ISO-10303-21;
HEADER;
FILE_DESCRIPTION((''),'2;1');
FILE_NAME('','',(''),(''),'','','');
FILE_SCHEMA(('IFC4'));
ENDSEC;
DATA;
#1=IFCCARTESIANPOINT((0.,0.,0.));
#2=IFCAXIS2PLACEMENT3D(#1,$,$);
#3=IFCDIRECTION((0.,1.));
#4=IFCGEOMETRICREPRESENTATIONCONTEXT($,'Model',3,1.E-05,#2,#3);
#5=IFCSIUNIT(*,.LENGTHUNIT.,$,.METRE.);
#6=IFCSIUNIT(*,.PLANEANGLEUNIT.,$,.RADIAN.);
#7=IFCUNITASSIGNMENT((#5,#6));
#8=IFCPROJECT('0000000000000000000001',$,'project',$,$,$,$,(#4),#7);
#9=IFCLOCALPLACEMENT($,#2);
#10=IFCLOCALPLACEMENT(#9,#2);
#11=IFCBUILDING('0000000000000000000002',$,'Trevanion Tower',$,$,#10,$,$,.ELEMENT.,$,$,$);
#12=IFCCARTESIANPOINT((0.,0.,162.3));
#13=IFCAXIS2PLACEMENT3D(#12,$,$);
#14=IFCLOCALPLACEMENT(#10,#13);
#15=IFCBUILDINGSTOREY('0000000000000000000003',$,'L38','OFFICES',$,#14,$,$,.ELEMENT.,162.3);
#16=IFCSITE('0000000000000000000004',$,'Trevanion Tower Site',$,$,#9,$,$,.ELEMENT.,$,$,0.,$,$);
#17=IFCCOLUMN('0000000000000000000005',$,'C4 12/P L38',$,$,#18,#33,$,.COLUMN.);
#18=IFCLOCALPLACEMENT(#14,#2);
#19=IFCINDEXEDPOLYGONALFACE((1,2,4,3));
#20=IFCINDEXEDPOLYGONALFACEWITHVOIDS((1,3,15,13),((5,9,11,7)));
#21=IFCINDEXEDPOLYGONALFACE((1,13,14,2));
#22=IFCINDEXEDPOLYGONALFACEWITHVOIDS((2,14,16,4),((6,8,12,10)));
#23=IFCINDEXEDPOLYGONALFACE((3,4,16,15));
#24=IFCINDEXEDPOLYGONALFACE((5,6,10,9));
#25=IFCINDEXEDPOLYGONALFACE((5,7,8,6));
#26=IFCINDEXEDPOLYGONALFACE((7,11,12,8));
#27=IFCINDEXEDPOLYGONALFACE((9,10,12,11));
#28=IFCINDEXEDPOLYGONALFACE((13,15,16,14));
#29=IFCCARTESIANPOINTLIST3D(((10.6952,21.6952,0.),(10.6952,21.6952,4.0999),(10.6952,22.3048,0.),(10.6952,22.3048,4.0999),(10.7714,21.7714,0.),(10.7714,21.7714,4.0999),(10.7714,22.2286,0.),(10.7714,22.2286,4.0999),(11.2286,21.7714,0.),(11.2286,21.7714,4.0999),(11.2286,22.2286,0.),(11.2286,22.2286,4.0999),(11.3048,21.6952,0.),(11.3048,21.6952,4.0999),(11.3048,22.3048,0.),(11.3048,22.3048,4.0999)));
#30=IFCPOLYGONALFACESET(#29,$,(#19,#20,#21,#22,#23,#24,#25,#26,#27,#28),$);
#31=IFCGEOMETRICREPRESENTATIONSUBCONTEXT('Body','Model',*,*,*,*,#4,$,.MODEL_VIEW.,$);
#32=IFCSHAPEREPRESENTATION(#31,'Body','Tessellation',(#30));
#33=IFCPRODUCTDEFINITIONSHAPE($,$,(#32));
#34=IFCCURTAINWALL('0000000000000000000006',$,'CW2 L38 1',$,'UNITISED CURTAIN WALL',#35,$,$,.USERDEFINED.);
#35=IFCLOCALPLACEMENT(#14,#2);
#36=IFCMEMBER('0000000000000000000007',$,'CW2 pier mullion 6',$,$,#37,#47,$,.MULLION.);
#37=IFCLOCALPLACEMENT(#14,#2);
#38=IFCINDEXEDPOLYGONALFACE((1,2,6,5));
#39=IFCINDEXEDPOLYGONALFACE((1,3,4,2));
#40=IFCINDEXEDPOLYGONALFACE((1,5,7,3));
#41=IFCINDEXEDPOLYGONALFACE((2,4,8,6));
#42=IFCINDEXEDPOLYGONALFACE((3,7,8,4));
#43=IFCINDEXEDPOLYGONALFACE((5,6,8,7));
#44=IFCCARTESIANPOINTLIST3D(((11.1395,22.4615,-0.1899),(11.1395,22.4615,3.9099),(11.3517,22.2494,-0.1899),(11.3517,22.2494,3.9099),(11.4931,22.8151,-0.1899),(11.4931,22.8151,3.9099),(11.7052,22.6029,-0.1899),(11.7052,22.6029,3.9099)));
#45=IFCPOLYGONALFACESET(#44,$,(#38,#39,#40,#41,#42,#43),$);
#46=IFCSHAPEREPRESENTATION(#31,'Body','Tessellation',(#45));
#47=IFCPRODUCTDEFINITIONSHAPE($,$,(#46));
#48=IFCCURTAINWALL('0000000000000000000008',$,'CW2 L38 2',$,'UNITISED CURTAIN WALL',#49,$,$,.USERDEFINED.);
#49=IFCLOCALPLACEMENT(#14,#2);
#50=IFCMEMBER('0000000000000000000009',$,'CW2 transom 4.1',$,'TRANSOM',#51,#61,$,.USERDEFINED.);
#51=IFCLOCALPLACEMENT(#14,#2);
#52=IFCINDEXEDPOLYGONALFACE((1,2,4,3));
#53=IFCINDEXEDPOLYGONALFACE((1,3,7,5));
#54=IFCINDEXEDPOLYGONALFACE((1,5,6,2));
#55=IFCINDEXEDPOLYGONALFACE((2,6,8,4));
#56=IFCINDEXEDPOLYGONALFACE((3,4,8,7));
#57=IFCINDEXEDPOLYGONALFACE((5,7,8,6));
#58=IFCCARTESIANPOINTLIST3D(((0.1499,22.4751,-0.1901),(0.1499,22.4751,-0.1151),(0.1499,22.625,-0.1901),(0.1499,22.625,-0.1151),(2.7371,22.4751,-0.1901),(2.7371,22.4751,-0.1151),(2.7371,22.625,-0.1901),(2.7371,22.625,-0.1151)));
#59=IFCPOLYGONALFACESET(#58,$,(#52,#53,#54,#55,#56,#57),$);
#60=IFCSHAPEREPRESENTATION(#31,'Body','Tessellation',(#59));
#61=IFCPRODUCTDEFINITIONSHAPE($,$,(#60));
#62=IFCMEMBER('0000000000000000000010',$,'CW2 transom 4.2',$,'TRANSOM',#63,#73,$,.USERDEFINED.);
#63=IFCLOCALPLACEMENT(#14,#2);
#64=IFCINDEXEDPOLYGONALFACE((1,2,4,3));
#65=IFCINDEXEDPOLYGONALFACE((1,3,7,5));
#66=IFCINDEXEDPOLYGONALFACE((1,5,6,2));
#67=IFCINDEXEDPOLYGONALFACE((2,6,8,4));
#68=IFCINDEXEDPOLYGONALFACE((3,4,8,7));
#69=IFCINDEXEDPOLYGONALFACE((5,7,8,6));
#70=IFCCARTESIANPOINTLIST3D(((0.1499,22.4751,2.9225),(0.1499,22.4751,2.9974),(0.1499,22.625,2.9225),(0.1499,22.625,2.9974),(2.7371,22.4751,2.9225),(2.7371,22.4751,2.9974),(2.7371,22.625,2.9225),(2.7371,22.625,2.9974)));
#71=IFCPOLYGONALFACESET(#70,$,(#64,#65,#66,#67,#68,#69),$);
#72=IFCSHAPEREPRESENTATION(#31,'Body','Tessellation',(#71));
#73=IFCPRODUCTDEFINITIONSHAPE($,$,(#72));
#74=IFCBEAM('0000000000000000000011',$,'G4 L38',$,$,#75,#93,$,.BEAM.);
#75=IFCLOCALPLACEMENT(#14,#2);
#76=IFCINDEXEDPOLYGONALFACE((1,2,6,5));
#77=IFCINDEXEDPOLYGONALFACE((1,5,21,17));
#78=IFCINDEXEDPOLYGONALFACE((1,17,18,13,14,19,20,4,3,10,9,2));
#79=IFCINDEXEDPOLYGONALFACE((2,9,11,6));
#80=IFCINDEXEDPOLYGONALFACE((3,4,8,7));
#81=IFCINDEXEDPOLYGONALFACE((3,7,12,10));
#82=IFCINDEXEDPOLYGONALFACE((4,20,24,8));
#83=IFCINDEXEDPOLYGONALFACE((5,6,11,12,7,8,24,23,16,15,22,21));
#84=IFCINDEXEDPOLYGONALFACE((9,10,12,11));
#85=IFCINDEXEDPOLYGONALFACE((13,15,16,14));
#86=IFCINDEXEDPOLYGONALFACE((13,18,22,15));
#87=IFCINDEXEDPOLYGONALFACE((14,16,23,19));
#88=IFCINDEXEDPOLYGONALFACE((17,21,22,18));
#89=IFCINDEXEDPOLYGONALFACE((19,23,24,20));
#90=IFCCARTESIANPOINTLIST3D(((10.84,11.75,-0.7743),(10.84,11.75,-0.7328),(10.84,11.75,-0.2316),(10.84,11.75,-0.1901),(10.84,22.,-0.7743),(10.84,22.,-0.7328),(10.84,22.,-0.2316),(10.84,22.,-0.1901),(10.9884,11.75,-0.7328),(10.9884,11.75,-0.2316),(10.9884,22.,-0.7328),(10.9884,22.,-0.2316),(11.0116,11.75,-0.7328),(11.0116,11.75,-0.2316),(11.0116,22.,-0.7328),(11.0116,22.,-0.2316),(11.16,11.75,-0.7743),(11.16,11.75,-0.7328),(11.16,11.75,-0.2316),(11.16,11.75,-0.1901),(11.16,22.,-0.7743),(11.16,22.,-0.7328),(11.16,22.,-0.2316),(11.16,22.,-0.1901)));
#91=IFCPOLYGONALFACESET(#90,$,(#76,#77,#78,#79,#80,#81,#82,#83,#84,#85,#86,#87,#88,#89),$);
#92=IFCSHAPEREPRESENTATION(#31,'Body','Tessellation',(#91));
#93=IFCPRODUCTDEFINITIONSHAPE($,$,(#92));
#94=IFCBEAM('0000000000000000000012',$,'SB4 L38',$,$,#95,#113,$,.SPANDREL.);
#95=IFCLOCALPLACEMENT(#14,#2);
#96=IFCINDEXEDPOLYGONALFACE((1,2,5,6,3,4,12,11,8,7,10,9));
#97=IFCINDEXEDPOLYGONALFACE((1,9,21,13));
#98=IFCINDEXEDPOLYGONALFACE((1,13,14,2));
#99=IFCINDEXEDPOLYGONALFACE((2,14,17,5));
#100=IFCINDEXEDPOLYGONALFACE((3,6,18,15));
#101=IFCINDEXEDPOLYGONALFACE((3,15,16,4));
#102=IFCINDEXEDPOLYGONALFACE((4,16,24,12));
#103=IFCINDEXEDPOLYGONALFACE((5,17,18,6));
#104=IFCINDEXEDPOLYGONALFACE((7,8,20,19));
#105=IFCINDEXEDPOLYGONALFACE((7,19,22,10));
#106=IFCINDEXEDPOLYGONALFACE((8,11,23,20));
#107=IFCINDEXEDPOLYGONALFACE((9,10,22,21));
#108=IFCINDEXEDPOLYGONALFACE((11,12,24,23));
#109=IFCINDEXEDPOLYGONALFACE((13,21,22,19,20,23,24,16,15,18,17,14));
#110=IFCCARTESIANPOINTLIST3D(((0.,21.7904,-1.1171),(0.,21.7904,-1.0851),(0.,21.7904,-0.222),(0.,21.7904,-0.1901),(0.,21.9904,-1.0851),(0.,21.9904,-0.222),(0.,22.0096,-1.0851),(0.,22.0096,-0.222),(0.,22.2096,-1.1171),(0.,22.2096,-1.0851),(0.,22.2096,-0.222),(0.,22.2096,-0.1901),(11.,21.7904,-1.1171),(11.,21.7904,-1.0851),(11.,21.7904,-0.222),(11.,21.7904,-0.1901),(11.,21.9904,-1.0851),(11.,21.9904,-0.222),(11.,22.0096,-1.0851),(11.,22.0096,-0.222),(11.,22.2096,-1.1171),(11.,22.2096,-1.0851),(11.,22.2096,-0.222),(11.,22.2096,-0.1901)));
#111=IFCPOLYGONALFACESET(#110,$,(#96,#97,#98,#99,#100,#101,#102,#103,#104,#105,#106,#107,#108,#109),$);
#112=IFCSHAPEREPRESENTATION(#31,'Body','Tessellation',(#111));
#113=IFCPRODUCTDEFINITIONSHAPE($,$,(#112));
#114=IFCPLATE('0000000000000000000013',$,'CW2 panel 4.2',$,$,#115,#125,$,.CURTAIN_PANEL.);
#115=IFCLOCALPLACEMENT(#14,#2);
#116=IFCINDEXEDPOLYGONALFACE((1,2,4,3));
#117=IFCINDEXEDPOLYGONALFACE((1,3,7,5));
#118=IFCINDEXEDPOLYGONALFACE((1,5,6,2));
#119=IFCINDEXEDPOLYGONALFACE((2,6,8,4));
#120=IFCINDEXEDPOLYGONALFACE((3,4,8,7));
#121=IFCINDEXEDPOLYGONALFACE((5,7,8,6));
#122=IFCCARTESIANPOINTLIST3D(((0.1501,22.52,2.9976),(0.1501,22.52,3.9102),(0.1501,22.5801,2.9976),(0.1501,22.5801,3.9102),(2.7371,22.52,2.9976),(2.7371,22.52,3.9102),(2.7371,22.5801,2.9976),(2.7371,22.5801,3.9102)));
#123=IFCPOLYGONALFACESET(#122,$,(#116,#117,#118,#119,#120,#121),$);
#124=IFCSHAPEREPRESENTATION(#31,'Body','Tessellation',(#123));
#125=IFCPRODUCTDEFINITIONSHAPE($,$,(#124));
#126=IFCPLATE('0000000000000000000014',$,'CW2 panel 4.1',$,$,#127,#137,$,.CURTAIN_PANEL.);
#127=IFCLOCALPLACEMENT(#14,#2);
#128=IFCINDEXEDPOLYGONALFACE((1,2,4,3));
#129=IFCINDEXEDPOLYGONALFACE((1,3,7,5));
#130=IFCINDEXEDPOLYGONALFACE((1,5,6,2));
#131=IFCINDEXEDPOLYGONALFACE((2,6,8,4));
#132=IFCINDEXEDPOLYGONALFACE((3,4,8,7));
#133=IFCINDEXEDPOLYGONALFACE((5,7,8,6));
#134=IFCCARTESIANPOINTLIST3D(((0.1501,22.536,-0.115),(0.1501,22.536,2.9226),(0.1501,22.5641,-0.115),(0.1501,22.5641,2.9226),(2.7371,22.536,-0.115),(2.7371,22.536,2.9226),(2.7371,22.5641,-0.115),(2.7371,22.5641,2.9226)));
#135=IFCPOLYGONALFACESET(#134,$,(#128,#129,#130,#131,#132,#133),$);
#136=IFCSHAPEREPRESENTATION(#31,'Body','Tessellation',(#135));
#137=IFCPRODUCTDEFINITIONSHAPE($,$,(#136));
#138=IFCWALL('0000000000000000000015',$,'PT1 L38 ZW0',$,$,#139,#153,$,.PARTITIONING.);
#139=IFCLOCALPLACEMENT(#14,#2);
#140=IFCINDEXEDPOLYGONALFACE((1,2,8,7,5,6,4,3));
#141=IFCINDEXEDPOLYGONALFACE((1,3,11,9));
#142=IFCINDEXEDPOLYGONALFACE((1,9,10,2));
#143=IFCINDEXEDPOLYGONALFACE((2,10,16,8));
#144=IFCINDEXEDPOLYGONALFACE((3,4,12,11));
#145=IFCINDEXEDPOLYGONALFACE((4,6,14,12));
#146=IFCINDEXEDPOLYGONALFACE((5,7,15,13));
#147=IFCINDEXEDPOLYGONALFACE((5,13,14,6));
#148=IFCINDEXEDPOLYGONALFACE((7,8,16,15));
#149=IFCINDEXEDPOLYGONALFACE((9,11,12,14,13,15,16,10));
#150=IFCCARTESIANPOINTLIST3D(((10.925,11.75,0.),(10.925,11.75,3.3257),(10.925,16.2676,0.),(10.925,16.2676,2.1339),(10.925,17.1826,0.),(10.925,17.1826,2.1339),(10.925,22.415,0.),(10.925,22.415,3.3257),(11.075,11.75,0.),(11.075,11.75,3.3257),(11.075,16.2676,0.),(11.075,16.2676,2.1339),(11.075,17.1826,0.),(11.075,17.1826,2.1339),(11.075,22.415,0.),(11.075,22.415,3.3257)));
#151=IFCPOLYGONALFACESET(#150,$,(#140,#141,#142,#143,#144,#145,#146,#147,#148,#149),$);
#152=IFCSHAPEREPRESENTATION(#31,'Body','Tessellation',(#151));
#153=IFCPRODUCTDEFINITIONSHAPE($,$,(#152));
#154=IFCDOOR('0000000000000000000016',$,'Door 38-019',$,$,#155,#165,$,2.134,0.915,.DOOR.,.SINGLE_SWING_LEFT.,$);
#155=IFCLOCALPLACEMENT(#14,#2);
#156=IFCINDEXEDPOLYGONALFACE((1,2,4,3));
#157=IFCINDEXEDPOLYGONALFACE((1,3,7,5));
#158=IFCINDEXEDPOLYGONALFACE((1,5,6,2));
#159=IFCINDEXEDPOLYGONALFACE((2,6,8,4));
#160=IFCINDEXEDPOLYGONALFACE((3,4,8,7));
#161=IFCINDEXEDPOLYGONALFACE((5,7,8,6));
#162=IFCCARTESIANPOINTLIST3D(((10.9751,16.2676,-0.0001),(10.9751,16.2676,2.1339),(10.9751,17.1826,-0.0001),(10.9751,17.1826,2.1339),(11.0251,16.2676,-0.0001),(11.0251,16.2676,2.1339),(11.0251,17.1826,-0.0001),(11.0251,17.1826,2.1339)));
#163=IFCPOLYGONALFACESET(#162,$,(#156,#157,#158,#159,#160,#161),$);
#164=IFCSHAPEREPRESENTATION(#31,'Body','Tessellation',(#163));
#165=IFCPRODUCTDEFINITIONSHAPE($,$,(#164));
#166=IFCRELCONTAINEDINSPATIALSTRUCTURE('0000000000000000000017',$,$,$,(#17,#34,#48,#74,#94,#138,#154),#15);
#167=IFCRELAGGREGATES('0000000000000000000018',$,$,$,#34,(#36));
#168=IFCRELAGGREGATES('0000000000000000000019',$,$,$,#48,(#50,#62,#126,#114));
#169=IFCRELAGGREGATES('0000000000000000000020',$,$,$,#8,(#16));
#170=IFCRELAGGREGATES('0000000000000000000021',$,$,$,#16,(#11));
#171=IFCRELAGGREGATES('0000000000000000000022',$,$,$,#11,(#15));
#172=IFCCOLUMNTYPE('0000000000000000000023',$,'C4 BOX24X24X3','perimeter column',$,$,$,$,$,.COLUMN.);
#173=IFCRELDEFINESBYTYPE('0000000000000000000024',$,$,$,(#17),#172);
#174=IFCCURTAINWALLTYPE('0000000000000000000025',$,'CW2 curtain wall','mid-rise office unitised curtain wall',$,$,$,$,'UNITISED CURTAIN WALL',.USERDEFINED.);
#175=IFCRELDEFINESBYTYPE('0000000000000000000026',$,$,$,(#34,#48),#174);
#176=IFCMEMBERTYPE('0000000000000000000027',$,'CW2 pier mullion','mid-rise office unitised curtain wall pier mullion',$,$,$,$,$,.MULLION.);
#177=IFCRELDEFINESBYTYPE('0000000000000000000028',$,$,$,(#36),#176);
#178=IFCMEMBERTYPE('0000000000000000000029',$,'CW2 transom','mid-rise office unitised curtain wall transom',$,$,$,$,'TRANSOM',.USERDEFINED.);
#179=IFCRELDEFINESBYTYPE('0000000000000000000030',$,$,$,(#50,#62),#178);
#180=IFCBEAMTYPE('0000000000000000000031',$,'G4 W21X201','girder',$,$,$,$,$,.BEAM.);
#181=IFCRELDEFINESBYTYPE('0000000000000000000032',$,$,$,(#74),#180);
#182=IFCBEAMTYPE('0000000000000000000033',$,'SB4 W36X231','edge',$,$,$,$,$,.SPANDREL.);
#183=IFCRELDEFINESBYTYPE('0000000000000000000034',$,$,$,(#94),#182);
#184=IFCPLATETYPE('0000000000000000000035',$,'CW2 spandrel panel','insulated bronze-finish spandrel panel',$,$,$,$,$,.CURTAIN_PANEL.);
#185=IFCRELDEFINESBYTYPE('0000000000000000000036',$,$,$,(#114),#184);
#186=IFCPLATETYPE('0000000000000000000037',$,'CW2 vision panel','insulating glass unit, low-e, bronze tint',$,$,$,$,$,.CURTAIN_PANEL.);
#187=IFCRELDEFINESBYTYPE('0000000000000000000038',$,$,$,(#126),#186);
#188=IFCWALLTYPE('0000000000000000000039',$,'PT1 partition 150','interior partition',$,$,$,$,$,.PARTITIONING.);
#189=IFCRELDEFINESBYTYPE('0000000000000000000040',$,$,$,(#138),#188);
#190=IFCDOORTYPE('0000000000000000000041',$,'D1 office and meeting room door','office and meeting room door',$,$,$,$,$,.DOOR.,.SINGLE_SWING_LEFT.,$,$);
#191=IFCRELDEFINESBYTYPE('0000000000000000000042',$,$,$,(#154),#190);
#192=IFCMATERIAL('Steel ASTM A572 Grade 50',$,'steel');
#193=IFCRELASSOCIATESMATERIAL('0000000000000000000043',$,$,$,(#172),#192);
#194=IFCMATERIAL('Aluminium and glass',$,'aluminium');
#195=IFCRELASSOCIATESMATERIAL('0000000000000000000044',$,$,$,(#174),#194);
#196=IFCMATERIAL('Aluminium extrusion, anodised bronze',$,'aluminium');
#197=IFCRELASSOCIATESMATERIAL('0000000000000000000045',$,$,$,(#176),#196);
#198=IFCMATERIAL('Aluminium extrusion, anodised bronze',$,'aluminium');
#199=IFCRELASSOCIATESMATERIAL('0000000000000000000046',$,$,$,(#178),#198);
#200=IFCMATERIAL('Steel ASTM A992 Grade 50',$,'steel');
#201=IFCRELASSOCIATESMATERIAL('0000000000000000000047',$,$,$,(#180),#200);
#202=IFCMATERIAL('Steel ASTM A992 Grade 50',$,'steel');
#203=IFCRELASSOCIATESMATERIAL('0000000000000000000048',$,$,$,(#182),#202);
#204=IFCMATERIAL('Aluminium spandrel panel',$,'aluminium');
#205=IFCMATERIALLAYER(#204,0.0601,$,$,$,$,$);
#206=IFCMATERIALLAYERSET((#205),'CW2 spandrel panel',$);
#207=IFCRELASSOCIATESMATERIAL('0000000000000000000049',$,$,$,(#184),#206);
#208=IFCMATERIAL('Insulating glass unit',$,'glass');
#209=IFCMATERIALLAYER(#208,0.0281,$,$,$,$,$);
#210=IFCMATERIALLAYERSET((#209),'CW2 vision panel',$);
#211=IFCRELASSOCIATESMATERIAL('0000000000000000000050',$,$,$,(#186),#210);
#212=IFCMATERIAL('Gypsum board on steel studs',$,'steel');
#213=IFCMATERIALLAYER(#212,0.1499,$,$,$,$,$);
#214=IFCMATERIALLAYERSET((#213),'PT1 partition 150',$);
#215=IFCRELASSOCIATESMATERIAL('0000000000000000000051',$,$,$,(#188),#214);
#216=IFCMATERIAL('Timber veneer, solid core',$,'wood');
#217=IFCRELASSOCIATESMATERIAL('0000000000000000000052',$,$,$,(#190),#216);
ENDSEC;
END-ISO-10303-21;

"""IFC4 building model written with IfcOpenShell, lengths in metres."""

from ifc_helpers import new_model, si_unit, direction, frame, frame_2d, origin, origin_2d, place, context, subcontext, project, spatial, rectangle, hollow_rectangle, i_section, extrude, material, layer, layer_set, material_profile, profile_set, type_object, element, fill, aggregate, save


model = new_model("IFC4")

# Units and contexts
model_context = context("Model", 3, precision=1e-05, world=origin(), true_north=direction((0.0, 1.0)))
body_context = subcontext(model_context, "Body", "Model", "MODEL_VIEW")
ifc_project = project(units=[si_unit("LENGTHUNIT", "METRE"), si_unit("PLANEANGLEUNIT", "RADIAN")], contexts=[model_context])

# Site, building, storey
site_placement = place(None, origin())
site = spatial("IfcSite", under=ifc_project, at=site_placement, Name="Trevanion Tower Site", CompositionType="ELEMENT", RefElevation=0.0)
building_placement = place(site_placement, origin())
building = spatial("IfcBuilding", under=site, at=building_placement, Name="Trevanion Tower", CompositionType="ELEMENT")
storey_placement = place(building_placement, frame((0.0, 0.0, 162.3)))
storey = spatial("IfcBuildingStorey", under=building, at=storey_placement, Name="L38", Description="OFFICES", CompositionType="ELEMENT", Elevation=162.3)

# Column
ifc_material_1 = material(Name="Steel ASTM A572 Grade 50", Category="steel")
ifc_material_profile_1 = material_profile(ifc_material_1, hollow_rectangle(XDim=0.6096, YDim=0.6096, WallThickness=0.0762, at=origin_2d()), Name="BOX24X24X3")
ifc_profile_set_1 = profile_set([ifc_material_profile_1], Name="Steel ASTM A572 Grade 50")
column_type = type_object("IfcColumnType", Name="C4 BOX24X24X3", Description="perimeter column", PredefinedType="COLUMN", material=ifc_profile_set_1)
column_placement = place(storey_placement, frame((11.0, 22.0, 0.0), z_axis=(0.0, 0.0, 1.0), x_axis=(1.0, 0.0, 0.0)))
element("IfcColumn", 1, at=column_placement, inside=storey, type_object=column_type, Name="C4 12/P L38", PredefinedType="COLUMN", context=body_context, shape_type="SweptSolid", body=[
    extrude(hollow_rectangle(XDim=0.6096, YDim=0.6096, WallThickness=0.0762, at=origin_2d()), origin(), (0.0, 0.0, 1.0), 4.0999),
])

# Curtain wall, member
ifc_material_2 = material(Name="Aluminium and glass", Category="aluminium")
curtain_wall_type = type_object("IfcCurtainWallType", Name="CW2 curtain wall", Description="mid-rise office unitised curtain wall", ElementType="UNITISED CURTAIN WALL", PredefinedType="USERDEFINED", material=ifc_material_2)
curtain_wall_1_placement = place(storey_placement, origin())
curtain_wall_1 = element("IfcCurtainWall", 2, at=curtain_wall_1_placement, inside=storey, type_object=curtain_wall_type, Name="CW2 L38 1", ObjectType="UNITISED CURTAIN WALL", PredefinedType="USERDEFINED")
ifc_material_3 = material(Name="Aluminium extrusion, anodised bronze", Category="aluminium")
ifc_material_profile_2 = material_profile(ifc_material_3, rectangle(XDim=0.3, YDim=0.5, at=origin_2d()), Name="CW2 pier mullion")
ifc_profile_set_2 = profile_set([ifc_material_profile_2], Name="Aluminium extrusion, anodised bronze")
member_type_1 = type_object("IfcMemberType", Name="CW2 pier mullion", Description="mid-rise office unitised curtain wall pier mullion", PredefinedType="MULLION", material=ifc_profile_set_2)
member_1_placement = place(storey_placement, frame((11.4224, 22.5322, -0.1899), z_axis=(0.0, 0.0, 1.0), x_axis=(-0.707107, 0.707107, 0.0)))
member_1 = element("IfcMember", 3, at=member_1_placement, type_object=member_type_1, Name="CW2 pier mullion 6", PredefinedType="MULLION", context=body_context, shape_type="SweptSolid", body=[
    extrude(rectangle(XDim=0.3, YDim=0.5, at=origin_2d()), origin(), (0.0, 0.0, 1.0), 4.0999),
])
aggregate(curtain_wall_1, [member_1])

# Curtain wall, members
curtain_wall_2_placement = place(storey_placement, origin())
curtain_wall_2 = element("IfcCurtainWall", 4, at=curtain_wall_2_placement, inside=storey, type_object=curtain_wall_type, Name="CW2 L38 2", ObjectType="UNITISED CURTAIN WALL", PredefinedType="USERDEFINED")
ifc_material_4 = material(Name="Aluminium extrusion, anodised bronze", Category="aluminium")
ifc_material_profile_3 = material_profile(ifc_material_4, rectangle(XDim=0.1499, YDim=0.075, at=origin_2d()), Name="CW2 transom")
ifc_profile_set_3 = profile_set([ifc_material_profile_3], Name="Aluminium extrusion, anodised bronze")
member_type_2 = type_object("IfcMemberType", Name="CW2 transom", Description="mid-rise office unitised curtain wall transom", ElementType="TRANSOM", PredefinedType="USERDEFINED", material=ifc_profile_set_3)
member_2_placement = place(storey_placement, frame((2.7371, 22.55, -0.1526), z_axis=(-1.0, 0.0, 0.0), x_axis=(0.0, -1.0, 0.0)))
member_2 = element("IfcMember", 5, at=member_2_placement, type_object=member_type_2, Name="CW2 transom 4.1", ObjectType="TRANSOM", PredefinedType="USERDEFINED", context=body_context, shape_type="SweptSolid", body=[
    extrude(rectangle(XDim=0.1499, YDim=0.075, at=origin_2d()), origin(), (0.0, 0.0, 1.0), 2.5872),
])
member_3_placement = place(storey_placement, frame((2.7371, 22.55, 2.96), z_axis=(-1.0, 0.0, 0.0), x_axis=(0.0, -1.0, 0.0)))
member_3 = element("IfcMember", 6, at=member_3_placement, type_object=member_type_2, Name="CW2 transom 4.2", ObjectType="TRANSOM", PredefinedType="USERDEFINED", context=body_context, shape_type="SweptSolid", body=[
    extrude(rectangle(XDim=0.1499, YDim=0.075, at=origin_2d()), origin(), (0.0, 0.0, 1.0), 2.5872),
])

# Beams
ifc_material_5 = material(Name="Steel ASTM A992 Grade 50", Category="steel")
ifc_material_profile_4 = material_profile(ifc_material_5, i_section(OverallWidth=0.3201, OverallDepth=0.5842, WebThickness=0.0232, FlangeThickness=0.0415, at=origin_2d()), Name="W21X201")
ifc_profile_set_4 = profile_set([ifc_material_profile_4], Name="Steel ASTM A992 Grade 50")
beam_type_1 = type_object("IfcBeamType", Name="G4 W21X201", Description="girder", PredefinedType="BEAM", material=ifc_profile_set_4)
beam_1_placement = place(storey_placement, frame((11.0, 11.75, -0.4822), z_axis=(0.0, 1.0, 0.0), x_axis=(-1.0, 0.0, 0.0)))
element("IfcBeam", 7, at=beam_1_placement, inside=storey, type_object=beam_type_1, Name="G4 L38", PredefinedType="BEAM", context=body_context, shape_type="SweptSolid", body=[
    extrude(i_section(OverallWidth=0.3201, OverallDepth=0.5842, WebThickness=0.0232, FlangeThickness=0.0415, at=origin_2d()), origin(), (0.0, 0.0, 1.0), 10.25),
])
ifc_material_6 = material(Name="Steel ASTM A992 Grade 50", Category="steel")
ifc_material_profile_5 = material_profile(ifc_material_6, i_section(OverallWidth=0.4192, OverallDepth=0.927, WebThickness=0.0193, FlangeThickness=0.032, at=origin_2d()), Name="W36X231")
ifc_profile_set_5 = profile_set([ifc_material_profile_5], Name="Steel ASTM A992 Grade 50")
beam_type_2 = type_object("IfcBeamType", Name="SB4 W36X231", Description="edge", PredefinedType="SPANDREL", material=ifc_profile_set_5)
beam_2_placement = place(storey_placement, frame((11.0, 22.0, -0.6536), z_axis=(-1.0, 0.0, 0.0), x_axis=(0.0, -1.0, 0.0)))
element("IfcBeam", 8, at=beam_2_placement, inside=storey, type_object=beam_type_2, Name="SB4 L38", PredefinedType="SPANDREL", context=body_context, shape_type="SweptSolid", body=[
    extrude(i_section(OverallWidth=0.4192, OverallDepth=0.927, WebThickness=0.0193, FlangeThickness=0.032, at=origin_2d()), origin(), (0.0, 0.0, 1.0), 11.0),
])

# Plates
ifc_material_7 = material(Name="Aluminium spandrel panel", Category="aluminium")
ifc_layer_1 = layer(ifc_material_7, 0.0601)
ifc_layer_set_1 = layer_set([ifc_layer_1], Name="CW2 spandrel panel")
plate_type_1 = type_object("IfcPlateType", Name="CW2 spandrel panel", Description="insulated bronze-finish spandrel panel", PredefinedType="CURTAIN_PANEL", material=ifc_layer_set_1)
plate_1_placement = place(storey_placement, frame((1.4436, 22.55, 2.9976), z_axis=(0.0, 0.0, 1.0), x_axis=(-1.0, 0.0, 0.0)))
plate_1 = element("IfcPlate", 9, at=plate_1_placement, type_object=plate_type_1, Name="CW2 panel 4.2", PredefinedType="CURTAIN_PANEL", context=body_context, shape_type="SweptSolid", body=[
    extrude(rectangle(XDim=2.5869, YDim=0.0601, at=origin_2d()), origin(), (0.0, 0.0, 1.0), 0.9126),
])
ifc_material_8 = material(Name="Insulating glass unit", Category="glass")
ifc_layer_2 = layer(ifc_material_8, 0.0281)
ifc_layer_set_2 = layer_set([ifc_layer_2], Name="CW2 vision panel")
plate_type_2 = type_object("IfcPlateType", Name="CW2 vision panel", Description="insulating glass unit, low-e, bronze tint", PredefinedType="CURTAIN_PANEL", material=ifc_layer_set_2)
plate_2_placement = place(storey_placement, frame((1.4436, 22.55, -0.115), z_axis=(0.0, 0.0, 1.0), x_axis=(-1.0, 0.0, 0.0)))
plate_2 = element("IfcPlate", 10, at=plate_2_placement, type_object=plate_type_2, Name="CW2 panel 4.1", PredefinedType="CURTAIN_PANEL", context=body_context, shape_type="SweptSolid", body=[
    extrude(rectangle(XDim=2.5869, YDim=0.0281, at=origin_2d()), origin(), (0.0, 0.0, 1.0), 3.0376),
])
aggregate(curtain_wall_2, [member_2, member_3, plate_2, plate_1])

# Wall, opening, door
ifc_material_9 = material(Name="Gypsum board on steel studs", Category="steel")
ifc_layer_3 = layer(ifc_material_9, 0.1499)
ifc_layer_set_3 = layer_set([ifc_layer_3], Name="PT1 partition 150")
wall_type = type_object("IfcWallType", Name="PT1 partition 150", Description="interior partition", PredefinedType="PARTITIONING", material=ifc_layer_set_3)
wall_1_placement = place(storey_placement, frame((11.0, 11.75, 0.0), z_axis=(0.0, 0.0, 1.0), x_axis=(0.0, 1.0, 0.0)))
wall_1 = element("IfcWall", 11, at=wall_1_placement, inside=storey, type_object=wall_type, Name="PT1 L38 ZW0", PredefinedType="PARTITIONING", context=body_context, shape_type="SweptSolid", body=[
    extrude(rectangle(XDim=10.665, YDim=0.1499, at=frame_2d((5.3325, 0.0))), origin(), (0.0, 0.0, 1.0), 3.3257),
])
opening_1_placement = place(wall_1_placement, frame((4.5176, 0.0, 0.0)))
opening_1 = element("IfcOpeningElement", 12, at=opening_1_placement, cuts=wall_1, PredefinedType="OPENING", context=body_context, shape_type="SweptSolid", body=[
    extrude(rectangle(XDim=0.915, YDim=2.134, at=frame_2d((0.4575, 1.0669))), frame((0.0, 0.085, 0.0), z_axis=(0.0, -1.0, 0.0), x_axis=(1.0, 0.0, 0.0)), (0.0, 0.0, 1.0), 0.1699),
])
ifc_material_10 = material(Name="Timber veneer, solid core", Category="wood")
door_type = type_object("IfcDoorType", Name="D1 office and meeting room door", Description="office and meeting room door", OperationType="SINGLE_SWING_LEFT", PredefinedType="DOOR", material=ifc_material_10)
door_1_placement = place(opening_1_placement, origin())
door_1 = element("IfcDoor", 13, at=door_1_placement, inside=storey, type_object=door_type, Name="Door 38-019", OperationType="SINGLE_SWING_LEFT", OverallHeight=2.134, OverallWidth=0.915, PredefinedType="DOOR", context=body_context, shape_type="SweptSolid", body=[
    extrude(rectangle(XDim=0.915, YDim=2.134, at=frame_2d((0.4575, 1.0669))), frame((0.0, 0.0249, 0.0), z_axis=(0.0, -1.0, 0.0), x_axis=(1.0, 0.0, 0.0)), (0.0, 0.0, 1.0), 0.05),
])
fill(opening_1, door_1)

save(model, "model.ifc")
